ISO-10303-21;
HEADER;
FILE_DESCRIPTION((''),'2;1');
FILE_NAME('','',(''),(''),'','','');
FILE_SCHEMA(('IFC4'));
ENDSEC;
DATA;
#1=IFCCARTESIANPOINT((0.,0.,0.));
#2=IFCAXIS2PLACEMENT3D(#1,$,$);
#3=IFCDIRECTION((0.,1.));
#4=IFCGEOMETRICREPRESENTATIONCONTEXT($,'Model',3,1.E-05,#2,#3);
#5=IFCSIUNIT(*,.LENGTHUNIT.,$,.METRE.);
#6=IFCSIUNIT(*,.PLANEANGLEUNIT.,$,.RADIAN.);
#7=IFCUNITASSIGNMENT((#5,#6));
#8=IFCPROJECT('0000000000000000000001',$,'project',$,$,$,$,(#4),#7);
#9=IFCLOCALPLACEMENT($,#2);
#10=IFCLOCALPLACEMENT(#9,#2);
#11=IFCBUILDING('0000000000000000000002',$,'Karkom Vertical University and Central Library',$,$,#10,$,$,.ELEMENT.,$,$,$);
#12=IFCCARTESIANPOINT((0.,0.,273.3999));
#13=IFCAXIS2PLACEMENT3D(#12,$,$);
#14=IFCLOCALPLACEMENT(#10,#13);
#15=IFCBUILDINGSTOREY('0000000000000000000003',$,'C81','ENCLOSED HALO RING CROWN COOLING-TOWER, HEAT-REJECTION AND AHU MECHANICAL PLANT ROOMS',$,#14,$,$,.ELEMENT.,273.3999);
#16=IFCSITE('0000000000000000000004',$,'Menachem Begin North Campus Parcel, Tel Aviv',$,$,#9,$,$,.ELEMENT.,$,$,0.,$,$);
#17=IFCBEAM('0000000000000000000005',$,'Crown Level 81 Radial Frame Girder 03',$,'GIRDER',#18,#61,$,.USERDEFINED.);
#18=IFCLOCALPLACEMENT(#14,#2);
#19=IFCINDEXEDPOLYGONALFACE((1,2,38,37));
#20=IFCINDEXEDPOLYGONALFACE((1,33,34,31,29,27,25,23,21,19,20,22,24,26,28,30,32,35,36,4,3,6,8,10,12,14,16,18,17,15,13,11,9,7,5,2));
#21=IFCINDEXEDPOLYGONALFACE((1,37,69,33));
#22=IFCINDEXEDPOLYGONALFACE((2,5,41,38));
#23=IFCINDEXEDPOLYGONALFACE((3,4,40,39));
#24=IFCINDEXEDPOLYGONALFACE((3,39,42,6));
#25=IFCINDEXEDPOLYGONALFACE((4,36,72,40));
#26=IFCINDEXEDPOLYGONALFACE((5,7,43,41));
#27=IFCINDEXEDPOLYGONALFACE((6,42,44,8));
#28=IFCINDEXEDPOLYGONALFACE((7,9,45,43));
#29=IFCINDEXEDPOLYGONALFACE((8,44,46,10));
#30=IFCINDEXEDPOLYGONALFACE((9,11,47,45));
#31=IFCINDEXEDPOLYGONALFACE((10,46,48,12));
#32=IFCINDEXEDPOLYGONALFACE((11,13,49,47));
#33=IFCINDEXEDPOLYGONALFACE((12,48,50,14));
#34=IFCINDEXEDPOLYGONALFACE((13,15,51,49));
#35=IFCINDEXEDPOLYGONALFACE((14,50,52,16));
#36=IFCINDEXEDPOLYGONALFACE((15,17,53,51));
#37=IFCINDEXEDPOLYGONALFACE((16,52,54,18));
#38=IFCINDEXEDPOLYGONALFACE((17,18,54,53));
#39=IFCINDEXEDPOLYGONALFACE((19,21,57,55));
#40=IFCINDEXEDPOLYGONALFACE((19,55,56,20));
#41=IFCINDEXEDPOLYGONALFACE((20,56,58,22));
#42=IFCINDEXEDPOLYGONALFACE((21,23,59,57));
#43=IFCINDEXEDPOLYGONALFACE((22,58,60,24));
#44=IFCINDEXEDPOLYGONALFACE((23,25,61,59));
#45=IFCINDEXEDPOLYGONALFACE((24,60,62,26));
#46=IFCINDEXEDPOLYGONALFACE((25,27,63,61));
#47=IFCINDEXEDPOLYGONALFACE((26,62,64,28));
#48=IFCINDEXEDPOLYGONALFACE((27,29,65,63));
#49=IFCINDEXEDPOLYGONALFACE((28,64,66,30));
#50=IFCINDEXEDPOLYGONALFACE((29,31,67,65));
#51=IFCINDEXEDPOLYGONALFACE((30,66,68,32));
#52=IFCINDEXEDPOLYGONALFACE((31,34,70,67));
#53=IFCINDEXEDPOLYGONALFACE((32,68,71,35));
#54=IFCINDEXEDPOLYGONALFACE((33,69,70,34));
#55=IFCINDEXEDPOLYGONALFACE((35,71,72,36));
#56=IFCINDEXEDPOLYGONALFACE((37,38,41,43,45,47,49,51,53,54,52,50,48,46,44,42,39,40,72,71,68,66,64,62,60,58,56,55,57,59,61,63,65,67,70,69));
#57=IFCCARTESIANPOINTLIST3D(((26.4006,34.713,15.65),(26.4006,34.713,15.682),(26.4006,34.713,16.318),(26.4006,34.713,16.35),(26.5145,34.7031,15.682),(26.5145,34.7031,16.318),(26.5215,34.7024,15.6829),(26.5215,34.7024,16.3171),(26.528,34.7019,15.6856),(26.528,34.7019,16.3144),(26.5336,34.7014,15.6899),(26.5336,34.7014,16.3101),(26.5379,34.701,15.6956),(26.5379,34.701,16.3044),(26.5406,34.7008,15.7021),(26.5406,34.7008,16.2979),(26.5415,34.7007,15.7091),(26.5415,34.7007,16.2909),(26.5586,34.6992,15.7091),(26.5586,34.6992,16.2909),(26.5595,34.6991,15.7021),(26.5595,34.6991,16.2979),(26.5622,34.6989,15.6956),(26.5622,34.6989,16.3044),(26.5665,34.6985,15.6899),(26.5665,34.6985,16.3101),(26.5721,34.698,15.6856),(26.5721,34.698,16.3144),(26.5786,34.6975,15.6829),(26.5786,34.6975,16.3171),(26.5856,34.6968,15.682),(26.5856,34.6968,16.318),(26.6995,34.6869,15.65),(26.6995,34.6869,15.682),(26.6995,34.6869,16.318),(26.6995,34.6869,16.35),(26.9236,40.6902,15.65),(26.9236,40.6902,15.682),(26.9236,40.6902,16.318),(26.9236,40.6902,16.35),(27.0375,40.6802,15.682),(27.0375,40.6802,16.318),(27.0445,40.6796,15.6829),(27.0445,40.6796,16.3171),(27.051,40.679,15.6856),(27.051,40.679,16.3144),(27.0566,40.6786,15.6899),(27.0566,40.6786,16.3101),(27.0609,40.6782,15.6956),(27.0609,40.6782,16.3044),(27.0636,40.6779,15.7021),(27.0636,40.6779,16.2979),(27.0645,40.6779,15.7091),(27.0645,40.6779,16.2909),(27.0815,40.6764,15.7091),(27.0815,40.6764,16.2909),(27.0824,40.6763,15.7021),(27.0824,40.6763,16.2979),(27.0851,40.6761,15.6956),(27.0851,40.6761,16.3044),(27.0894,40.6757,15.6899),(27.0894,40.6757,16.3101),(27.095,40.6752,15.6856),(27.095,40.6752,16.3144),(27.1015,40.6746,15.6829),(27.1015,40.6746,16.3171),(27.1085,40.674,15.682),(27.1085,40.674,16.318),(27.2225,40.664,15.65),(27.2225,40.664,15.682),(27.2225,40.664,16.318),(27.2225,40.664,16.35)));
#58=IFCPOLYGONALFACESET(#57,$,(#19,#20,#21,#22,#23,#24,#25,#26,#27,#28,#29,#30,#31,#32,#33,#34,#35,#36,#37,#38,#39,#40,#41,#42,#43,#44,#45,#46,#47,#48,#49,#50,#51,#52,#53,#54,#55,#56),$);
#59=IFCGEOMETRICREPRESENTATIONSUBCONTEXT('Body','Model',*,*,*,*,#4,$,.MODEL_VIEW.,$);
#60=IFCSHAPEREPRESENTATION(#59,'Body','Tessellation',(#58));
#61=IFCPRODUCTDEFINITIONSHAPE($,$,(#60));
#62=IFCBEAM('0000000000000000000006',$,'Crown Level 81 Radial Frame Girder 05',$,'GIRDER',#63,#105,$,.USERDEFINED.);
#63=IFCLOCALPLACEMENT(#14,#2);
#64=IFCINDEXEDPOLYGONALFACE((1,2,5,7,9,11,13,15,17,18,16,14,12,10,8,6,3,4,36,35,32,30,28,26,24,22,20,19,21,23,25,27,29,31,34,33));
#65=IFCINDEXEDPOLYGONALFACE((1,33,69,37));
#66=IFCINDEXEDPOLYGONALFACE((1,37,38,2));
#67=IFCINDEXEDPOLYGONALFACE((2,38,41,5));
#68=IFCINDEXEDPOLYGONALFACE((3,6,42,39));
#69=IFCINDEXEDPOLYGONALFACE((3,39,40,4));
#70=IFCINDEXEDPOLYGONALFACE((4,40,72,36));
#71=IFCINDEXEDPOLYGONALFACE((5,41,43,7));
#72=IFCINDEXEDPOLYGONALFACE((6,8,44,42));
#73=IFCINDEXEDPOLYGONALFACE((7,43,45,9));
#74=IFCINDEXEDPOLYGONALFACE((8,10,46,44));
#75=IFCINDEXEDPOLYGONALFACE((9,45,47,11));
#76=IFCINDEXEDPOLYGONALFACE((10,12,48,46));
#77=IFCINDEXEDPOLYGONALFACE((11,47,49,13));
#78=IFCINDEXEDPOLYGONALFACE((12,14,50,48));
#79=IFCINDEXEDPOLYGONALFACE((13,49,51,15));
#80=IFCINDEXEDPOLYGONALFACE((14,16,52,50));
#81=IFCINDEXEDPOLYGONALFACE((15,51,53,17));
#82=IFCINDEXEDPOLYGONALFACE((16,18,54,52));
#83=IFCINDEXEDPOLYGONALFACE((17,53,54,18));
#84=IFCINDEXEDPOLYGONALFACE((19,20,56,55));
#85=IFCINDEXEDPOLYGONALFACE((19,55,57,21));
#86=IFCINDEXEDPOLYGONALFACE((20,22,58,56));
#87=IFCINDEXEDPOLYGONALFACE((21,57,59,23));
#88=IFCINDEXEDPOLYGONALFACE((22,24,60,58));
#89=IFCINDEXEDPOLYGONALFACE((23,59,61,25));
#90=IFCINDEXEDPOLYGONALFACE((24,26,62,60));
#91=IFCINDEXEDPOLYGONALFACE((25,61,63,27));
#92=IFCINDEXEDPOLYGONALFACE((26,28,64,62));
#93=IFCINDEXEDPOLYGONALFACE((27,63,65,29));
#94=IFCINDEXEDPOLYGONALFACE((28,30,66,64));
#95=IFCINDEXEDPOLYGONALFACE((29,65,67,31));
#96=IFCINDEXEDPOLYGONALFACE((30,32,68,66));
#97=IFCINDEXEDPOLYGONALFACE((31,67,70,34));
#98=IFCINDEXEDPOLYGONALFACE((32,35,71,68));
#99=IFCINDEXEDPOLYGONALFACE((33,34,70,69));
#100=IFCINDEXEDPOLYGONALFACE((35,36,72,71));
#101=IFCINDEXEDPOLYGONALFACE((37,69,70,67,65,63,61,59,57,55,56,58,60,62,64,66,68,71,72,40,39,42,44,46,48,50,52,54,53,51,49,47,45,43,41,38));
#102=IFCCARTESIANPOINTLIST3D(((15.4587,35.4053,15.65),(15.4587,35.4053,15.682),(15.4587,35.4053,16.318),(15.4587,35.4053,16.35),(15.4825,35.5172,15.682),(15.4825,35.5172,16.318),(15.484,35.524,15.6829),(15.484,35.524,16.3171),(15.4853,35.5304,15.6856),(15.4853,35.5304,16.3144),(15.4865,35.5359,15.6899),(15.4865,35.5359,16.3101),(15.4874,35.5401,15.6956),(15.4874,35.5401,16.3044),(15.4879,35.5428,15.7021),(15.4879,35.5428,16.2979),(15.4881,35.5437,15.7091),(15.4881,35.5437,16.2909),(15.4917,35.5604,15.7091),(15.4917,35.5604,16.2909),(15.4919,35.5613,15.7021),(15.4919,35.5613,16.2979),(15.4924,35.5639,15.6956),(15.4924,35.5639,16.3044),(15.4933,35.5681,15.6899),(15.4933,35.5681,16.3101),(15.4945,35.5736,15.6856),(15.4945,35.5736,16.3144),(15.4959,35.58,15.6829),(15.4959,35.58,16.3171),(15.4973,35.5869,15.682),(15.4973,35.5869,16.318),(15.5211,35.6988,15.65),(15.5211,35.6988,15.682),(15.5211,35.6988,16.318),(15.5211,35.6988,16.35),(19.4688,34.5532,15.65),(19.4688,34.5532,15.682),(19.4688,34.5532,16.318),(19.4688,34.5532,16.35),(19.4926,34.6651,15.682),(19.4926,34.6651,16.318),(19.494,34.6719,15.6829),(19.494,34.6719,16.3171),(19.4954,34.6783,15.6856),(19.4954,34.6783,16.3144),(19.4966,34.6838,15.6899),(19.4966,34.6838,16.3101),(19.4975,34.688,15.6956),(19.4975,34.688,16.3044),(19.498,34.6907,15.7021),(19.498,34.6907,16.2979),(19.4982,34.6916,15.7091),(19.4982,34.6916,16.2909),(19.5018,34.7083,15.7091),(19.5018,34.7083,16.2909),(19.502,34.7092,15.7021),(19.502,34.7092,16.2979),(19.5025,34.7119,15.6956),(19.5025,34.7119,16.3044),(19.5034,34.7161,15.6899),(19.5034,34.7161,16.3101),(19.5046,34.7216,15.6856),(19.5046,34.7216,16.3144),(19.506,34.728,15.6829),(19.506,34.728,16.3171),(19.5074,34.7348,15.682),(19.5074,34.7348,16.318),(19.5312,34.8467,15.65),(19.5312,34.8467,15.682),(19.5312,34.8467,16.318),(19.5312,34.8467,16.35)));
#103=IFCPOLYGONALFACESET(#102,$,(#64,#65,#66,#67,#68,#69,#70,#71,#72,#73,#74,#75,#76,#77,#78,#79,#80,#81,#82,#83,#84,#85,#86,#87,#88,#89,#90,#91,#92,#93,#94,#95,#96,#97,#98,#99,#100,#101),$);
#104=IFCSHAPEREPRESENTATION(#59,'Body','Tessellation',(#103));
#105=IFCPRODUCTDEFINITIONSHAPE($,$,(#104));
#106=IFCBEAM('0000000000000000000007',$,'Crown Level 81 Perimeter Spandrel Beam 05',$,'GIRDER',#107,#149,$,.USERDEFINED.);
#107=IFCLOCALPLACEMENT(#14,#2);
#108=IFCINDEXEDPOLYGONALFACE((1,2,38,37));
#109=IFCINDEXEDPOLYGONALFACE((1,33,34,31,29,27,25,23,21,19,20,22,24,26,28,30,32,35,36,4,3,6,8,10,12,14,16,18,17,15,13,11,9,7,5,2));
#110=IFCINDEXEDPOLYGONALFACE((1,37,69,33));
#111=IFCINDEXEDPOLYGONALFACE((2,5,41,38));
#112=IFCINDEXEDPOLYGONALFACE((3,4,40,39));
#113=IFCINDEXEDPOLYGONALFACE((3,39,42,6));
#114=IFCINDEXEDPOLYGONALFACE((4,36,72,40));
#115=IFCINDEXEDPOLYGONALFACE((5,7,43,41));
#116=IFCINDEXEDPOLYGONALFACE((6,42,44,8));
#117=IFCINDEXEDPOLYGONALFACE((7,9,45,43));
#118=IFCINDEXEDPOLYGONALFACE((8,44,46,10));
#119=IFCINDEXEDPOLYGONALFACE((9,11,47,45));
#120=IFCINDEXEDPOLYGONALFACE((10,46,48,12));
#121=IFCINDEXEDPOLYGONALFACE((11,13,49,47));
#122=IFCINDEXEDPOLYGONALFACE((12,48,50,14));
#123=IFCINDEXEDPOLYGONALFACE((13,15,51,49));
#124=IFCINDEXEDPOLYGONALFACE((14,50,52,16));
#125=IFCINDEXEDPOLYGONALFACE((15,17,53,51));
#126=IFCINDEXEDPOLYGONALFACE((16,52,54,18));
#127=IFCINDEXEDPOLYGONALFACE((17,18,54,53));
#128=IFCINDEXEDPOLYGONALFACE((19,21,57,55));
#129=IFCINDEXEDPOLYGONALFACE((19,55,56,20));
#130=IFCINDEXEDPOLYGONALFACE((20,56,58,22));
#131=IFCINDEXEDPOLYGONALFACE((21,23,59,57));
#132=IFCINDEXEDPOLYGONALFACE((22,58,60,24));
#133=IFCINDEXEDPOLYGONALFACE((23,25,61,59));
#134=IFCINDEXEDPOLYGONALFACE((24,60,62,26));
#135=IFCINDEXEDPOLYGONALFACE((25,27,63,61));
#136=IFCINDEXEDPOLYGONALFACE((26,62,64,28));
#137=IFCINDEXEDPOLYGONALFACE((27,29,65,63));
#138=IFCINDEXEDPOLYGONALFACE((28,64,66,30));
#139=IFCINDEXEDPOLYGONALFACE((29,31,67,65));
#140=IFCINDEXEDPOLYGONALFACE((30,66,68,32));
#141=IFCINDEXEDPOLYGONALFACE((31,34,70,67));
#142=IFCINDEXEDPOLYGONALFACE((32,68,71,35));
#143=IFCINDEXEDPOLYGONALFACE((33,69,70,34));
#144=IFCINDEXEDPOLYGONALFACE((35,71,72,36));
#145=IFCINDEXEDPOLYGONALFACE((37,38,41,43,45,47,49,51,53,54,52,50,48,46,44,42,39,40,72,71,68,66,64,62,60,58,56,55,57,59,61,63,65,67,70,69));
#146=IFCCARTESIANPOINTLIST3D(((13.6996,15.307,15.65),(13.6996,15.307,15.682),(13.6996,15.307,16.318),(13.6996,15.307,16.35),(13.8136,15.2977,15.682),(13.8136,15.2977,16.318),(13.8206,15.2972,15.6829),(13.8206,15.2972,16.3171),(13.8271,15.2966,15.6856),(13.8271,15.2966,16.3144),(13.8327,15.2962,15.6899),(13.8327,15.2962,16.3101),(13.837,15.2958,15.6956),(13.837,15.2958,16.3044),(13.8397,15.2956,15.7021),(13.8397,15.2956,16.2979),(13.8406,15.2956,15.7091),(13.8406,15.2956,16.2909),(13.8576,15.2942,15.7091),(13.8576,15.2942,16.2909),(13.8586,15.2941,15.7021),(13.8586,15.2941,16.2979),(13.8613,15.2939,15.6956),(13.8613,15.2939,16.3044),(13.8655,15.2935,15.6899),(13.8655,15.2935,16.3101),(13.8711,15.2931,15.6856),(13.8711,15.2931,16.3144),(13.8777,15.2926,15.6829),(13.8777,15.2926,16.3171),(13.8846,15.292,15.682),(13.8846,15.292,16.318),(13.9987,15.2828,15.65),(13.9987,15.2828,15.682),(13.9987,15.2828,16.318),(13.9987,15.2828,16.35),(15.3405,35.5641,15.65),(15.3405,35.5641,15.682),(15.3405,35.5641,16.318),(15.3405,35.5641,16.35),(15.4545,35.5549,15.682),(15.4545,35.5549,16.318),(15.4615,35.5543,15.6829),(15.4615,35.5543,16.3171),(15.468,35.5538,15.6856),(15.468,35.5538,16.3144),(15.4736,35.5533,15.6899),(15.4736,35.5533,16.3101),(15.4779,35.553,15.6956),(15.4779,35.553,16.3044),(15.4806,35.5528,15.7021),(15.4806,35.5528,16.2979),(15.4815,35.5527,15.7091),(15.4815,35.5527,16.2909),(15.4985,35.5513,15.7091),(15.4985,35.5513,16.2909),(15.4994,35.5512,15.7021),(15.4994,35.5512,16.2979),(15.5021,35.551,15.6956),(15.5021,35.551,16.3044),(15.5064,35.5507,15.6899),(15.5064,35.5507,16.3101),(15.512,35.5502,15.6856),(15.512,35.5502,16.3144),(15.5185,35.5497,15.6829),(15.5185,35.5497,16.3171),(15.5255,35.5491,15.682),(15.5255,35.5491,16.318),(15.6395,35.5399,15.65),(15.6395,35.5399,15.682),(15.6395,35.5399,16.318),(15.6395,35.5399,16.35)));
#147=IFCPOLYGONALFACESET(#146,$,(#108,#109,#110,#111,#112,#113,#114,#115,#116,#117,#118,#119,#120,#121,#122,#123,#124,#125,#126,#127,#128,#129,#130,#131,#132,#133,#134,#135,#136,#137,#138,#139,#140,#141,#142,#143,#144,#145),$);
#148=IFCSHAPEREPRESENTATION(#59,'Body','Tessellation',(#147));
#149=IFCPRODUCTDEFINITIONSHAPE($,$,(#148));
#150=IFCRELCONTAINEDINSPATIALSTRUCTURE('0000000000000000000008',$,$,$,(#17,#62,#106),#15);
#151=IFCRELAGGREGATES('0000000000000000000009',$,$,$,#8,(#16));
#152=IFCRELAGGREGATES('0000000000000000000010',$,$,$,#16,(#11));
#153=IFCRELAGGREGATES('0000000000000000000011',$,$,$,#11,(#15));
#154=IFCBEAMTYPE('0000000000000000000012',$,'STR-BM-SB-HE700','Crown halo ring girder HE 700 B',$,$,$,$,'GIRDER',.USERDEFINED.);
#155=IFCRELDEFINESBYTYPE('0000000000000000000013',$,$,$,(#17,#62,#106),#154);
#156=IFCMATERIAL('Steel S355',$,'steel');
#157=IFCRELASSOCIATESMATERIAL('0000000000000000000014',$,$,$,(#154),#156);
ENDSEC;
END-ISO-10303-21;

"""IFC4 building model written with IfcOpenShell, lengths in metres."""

from ifc_helpers import new_model, si_unit, direction, frame, origin, origin_with_axes, origin_2d, place, context, subcontext, project, spatial, i_section, extrude, source, transform, mapped, material, material_profile, profile_set, type_object, element, save


model = new_model("IFC4")

# Units and contexts
model_context = context("Model", 3, precision=1e-05, world=origin(), true_north=direction((0.0, 1.0)))
body_context = subcontext(model_context, "Body", "Model", "MODEL_VIEW")
ifc_project = project(units=[si_unit("LENGTHUNIT", "METRE"), si_unit("PLANEANGLEUNIT", "RADIAN")], contexts=[model_context])

# Site, building, storey
site_placement = place(None, origin())
site = spatial("IfcSite", under=ifc_project, at=site_placement, Name="Menachem Begin North Campus Parcel, Tel Aviv", CompositionType="ELEMENT", RefElevation=0.0)
building_placement = place(site_placement, origin())
building = spatial("IfcBuilding", under=site, at=building_placement, Name="Karkom Vertical University and Central Library", CompositionType="ELEMENT")
storey_placement = place(building_placement, frame((0.0, 0.0, 273.3999)))
storey = spatial("IfcBuildingStorey", under=building, at=storey_placement, Name="C81", Description="ENCLOSED HALO RING CROWN COOLING-TOWER, HEAT-REJECTION AND AHU MECHANICAL PLANT ROOMS", CompositionType="ELEMENT", Elevation=273.3999)

# Beams
ifc_material_1 = material(Name="Steel S355", Category="steel")
ifc_material_profile_1 = material_profile(ifc_material_1, i_section(OverallWidth=0.3, OverallDepth=0.7, WebThickness=0.0171, FlangeThickness=0.032, FilletRadius=0.0271, at=origin_2d()), Name="HE 700 B")
ifc_profile_set_1 = profile_set([ifc_material_profile_1], Name="Steel S355")
beam_type_1 = type_object("IfcBeamType", Name="STR-BM-SB-HE700", Description="Crown halo ring girder HE 700 B", ElementType="GIRDER", PredefinedType="USERDEFINED", material=ifc_profile_set_1)
shared_shape_1 = source(origin_with_axes(), body_context, "Body", "SweptSolid", [
    extrude(i_section(OverallWidth=0.3, OverallDepth=0.7, WebThickness=0.0171, FlangeThickness=0.032, FilletRadius=0.0271, at=origin_2d()), origin(), (0.0, 0.0, 1.0), 6.0),
])
beam_1_placement = place(storey_placement, frame((26.55, 34.7, 16.0), z_axis=(0.08716, 0.996194, 0.0), x_axis=(-0.996194, 0.08716, 0.0)))
element("IfcBeam", 1, at=beam_1_placement, inside=storey, type_object=beam_type_1, Name="Crown Level 81 Radial Frame Girder 03", ObjectType="GIRDER", PredefinedType="USERDEFINED", context=body_context, shape_type="MappedRepresentation", body=[
    mapped(shared_shape_1, transform((0.0, 0.0, 0.0), scale=1.0)),
])
shared_shape_2 = source(origin_with_axes(), body_context, "Body", "SweptSolid", [
    extrude(i_section(OverallWidth=0.3, OverallDepth=0.7, WebThickness=0.0171, FlangeThickness=0.032, FilletRadius=0.0271, at=origin_2d()), origin(), (0.0, 0.0, 1.0), 4.0996),
])
beam_2_placement = place(storey_placement, frame((19.5, 34.7, 16.0), z_axis=(-0.978163, 0.207841, 0.0), x_axis=(-0.207841, -0.978163, 0.0)))
element("IfcBeam", 2, at=beam_2_placement, inside=storey, type_object=beam_type_1, Name="Crown Level 81 Radial Frame Girder 05", ObjectType="GIRDER", PredefinedType="USERDEFINED", context=body_context, shape_type="MappedRepresentation", body=[
    mapped(shared_shape_2, transform((0.0, 0.0, 0.0), scale=1.0)),
])
shared_shape_3 = source(origin_with_axes(), body_context, "Body", "SweptSolid", [
    extrude(i_section(OverallWidth=0.3, OverallDepth=0.7, WebThickness=0.0171, FlangeThickness=0.032, FilletRadius=0.0271, at=origin_2d()), origin(), (0.0, 0.0, 1.0), 20.3235),
])
beam_3_placement = place(storey_placement, frame((15.49, 35.552, 16.0), z_axis=(-0.080738, -0.996735, 0.0), x_axis=(0.996735, -0.080738, 0.0)))
element("IfcBeam", 3, at=beam_3_placement, inside=storey, type_object=beam_type_1, Name="Crown Level 81 Perimeter Spandrel Beam 05", ObjectType="GIRDER", PredefinedType="USERDEFINED", context=body_context, shape_type="MappedRepresentation", body=[
    mapped(shared_shape_3, transform((0.0, 0.0, 0.0), scale=1.0)),
])

save(model, "model.ifc")
